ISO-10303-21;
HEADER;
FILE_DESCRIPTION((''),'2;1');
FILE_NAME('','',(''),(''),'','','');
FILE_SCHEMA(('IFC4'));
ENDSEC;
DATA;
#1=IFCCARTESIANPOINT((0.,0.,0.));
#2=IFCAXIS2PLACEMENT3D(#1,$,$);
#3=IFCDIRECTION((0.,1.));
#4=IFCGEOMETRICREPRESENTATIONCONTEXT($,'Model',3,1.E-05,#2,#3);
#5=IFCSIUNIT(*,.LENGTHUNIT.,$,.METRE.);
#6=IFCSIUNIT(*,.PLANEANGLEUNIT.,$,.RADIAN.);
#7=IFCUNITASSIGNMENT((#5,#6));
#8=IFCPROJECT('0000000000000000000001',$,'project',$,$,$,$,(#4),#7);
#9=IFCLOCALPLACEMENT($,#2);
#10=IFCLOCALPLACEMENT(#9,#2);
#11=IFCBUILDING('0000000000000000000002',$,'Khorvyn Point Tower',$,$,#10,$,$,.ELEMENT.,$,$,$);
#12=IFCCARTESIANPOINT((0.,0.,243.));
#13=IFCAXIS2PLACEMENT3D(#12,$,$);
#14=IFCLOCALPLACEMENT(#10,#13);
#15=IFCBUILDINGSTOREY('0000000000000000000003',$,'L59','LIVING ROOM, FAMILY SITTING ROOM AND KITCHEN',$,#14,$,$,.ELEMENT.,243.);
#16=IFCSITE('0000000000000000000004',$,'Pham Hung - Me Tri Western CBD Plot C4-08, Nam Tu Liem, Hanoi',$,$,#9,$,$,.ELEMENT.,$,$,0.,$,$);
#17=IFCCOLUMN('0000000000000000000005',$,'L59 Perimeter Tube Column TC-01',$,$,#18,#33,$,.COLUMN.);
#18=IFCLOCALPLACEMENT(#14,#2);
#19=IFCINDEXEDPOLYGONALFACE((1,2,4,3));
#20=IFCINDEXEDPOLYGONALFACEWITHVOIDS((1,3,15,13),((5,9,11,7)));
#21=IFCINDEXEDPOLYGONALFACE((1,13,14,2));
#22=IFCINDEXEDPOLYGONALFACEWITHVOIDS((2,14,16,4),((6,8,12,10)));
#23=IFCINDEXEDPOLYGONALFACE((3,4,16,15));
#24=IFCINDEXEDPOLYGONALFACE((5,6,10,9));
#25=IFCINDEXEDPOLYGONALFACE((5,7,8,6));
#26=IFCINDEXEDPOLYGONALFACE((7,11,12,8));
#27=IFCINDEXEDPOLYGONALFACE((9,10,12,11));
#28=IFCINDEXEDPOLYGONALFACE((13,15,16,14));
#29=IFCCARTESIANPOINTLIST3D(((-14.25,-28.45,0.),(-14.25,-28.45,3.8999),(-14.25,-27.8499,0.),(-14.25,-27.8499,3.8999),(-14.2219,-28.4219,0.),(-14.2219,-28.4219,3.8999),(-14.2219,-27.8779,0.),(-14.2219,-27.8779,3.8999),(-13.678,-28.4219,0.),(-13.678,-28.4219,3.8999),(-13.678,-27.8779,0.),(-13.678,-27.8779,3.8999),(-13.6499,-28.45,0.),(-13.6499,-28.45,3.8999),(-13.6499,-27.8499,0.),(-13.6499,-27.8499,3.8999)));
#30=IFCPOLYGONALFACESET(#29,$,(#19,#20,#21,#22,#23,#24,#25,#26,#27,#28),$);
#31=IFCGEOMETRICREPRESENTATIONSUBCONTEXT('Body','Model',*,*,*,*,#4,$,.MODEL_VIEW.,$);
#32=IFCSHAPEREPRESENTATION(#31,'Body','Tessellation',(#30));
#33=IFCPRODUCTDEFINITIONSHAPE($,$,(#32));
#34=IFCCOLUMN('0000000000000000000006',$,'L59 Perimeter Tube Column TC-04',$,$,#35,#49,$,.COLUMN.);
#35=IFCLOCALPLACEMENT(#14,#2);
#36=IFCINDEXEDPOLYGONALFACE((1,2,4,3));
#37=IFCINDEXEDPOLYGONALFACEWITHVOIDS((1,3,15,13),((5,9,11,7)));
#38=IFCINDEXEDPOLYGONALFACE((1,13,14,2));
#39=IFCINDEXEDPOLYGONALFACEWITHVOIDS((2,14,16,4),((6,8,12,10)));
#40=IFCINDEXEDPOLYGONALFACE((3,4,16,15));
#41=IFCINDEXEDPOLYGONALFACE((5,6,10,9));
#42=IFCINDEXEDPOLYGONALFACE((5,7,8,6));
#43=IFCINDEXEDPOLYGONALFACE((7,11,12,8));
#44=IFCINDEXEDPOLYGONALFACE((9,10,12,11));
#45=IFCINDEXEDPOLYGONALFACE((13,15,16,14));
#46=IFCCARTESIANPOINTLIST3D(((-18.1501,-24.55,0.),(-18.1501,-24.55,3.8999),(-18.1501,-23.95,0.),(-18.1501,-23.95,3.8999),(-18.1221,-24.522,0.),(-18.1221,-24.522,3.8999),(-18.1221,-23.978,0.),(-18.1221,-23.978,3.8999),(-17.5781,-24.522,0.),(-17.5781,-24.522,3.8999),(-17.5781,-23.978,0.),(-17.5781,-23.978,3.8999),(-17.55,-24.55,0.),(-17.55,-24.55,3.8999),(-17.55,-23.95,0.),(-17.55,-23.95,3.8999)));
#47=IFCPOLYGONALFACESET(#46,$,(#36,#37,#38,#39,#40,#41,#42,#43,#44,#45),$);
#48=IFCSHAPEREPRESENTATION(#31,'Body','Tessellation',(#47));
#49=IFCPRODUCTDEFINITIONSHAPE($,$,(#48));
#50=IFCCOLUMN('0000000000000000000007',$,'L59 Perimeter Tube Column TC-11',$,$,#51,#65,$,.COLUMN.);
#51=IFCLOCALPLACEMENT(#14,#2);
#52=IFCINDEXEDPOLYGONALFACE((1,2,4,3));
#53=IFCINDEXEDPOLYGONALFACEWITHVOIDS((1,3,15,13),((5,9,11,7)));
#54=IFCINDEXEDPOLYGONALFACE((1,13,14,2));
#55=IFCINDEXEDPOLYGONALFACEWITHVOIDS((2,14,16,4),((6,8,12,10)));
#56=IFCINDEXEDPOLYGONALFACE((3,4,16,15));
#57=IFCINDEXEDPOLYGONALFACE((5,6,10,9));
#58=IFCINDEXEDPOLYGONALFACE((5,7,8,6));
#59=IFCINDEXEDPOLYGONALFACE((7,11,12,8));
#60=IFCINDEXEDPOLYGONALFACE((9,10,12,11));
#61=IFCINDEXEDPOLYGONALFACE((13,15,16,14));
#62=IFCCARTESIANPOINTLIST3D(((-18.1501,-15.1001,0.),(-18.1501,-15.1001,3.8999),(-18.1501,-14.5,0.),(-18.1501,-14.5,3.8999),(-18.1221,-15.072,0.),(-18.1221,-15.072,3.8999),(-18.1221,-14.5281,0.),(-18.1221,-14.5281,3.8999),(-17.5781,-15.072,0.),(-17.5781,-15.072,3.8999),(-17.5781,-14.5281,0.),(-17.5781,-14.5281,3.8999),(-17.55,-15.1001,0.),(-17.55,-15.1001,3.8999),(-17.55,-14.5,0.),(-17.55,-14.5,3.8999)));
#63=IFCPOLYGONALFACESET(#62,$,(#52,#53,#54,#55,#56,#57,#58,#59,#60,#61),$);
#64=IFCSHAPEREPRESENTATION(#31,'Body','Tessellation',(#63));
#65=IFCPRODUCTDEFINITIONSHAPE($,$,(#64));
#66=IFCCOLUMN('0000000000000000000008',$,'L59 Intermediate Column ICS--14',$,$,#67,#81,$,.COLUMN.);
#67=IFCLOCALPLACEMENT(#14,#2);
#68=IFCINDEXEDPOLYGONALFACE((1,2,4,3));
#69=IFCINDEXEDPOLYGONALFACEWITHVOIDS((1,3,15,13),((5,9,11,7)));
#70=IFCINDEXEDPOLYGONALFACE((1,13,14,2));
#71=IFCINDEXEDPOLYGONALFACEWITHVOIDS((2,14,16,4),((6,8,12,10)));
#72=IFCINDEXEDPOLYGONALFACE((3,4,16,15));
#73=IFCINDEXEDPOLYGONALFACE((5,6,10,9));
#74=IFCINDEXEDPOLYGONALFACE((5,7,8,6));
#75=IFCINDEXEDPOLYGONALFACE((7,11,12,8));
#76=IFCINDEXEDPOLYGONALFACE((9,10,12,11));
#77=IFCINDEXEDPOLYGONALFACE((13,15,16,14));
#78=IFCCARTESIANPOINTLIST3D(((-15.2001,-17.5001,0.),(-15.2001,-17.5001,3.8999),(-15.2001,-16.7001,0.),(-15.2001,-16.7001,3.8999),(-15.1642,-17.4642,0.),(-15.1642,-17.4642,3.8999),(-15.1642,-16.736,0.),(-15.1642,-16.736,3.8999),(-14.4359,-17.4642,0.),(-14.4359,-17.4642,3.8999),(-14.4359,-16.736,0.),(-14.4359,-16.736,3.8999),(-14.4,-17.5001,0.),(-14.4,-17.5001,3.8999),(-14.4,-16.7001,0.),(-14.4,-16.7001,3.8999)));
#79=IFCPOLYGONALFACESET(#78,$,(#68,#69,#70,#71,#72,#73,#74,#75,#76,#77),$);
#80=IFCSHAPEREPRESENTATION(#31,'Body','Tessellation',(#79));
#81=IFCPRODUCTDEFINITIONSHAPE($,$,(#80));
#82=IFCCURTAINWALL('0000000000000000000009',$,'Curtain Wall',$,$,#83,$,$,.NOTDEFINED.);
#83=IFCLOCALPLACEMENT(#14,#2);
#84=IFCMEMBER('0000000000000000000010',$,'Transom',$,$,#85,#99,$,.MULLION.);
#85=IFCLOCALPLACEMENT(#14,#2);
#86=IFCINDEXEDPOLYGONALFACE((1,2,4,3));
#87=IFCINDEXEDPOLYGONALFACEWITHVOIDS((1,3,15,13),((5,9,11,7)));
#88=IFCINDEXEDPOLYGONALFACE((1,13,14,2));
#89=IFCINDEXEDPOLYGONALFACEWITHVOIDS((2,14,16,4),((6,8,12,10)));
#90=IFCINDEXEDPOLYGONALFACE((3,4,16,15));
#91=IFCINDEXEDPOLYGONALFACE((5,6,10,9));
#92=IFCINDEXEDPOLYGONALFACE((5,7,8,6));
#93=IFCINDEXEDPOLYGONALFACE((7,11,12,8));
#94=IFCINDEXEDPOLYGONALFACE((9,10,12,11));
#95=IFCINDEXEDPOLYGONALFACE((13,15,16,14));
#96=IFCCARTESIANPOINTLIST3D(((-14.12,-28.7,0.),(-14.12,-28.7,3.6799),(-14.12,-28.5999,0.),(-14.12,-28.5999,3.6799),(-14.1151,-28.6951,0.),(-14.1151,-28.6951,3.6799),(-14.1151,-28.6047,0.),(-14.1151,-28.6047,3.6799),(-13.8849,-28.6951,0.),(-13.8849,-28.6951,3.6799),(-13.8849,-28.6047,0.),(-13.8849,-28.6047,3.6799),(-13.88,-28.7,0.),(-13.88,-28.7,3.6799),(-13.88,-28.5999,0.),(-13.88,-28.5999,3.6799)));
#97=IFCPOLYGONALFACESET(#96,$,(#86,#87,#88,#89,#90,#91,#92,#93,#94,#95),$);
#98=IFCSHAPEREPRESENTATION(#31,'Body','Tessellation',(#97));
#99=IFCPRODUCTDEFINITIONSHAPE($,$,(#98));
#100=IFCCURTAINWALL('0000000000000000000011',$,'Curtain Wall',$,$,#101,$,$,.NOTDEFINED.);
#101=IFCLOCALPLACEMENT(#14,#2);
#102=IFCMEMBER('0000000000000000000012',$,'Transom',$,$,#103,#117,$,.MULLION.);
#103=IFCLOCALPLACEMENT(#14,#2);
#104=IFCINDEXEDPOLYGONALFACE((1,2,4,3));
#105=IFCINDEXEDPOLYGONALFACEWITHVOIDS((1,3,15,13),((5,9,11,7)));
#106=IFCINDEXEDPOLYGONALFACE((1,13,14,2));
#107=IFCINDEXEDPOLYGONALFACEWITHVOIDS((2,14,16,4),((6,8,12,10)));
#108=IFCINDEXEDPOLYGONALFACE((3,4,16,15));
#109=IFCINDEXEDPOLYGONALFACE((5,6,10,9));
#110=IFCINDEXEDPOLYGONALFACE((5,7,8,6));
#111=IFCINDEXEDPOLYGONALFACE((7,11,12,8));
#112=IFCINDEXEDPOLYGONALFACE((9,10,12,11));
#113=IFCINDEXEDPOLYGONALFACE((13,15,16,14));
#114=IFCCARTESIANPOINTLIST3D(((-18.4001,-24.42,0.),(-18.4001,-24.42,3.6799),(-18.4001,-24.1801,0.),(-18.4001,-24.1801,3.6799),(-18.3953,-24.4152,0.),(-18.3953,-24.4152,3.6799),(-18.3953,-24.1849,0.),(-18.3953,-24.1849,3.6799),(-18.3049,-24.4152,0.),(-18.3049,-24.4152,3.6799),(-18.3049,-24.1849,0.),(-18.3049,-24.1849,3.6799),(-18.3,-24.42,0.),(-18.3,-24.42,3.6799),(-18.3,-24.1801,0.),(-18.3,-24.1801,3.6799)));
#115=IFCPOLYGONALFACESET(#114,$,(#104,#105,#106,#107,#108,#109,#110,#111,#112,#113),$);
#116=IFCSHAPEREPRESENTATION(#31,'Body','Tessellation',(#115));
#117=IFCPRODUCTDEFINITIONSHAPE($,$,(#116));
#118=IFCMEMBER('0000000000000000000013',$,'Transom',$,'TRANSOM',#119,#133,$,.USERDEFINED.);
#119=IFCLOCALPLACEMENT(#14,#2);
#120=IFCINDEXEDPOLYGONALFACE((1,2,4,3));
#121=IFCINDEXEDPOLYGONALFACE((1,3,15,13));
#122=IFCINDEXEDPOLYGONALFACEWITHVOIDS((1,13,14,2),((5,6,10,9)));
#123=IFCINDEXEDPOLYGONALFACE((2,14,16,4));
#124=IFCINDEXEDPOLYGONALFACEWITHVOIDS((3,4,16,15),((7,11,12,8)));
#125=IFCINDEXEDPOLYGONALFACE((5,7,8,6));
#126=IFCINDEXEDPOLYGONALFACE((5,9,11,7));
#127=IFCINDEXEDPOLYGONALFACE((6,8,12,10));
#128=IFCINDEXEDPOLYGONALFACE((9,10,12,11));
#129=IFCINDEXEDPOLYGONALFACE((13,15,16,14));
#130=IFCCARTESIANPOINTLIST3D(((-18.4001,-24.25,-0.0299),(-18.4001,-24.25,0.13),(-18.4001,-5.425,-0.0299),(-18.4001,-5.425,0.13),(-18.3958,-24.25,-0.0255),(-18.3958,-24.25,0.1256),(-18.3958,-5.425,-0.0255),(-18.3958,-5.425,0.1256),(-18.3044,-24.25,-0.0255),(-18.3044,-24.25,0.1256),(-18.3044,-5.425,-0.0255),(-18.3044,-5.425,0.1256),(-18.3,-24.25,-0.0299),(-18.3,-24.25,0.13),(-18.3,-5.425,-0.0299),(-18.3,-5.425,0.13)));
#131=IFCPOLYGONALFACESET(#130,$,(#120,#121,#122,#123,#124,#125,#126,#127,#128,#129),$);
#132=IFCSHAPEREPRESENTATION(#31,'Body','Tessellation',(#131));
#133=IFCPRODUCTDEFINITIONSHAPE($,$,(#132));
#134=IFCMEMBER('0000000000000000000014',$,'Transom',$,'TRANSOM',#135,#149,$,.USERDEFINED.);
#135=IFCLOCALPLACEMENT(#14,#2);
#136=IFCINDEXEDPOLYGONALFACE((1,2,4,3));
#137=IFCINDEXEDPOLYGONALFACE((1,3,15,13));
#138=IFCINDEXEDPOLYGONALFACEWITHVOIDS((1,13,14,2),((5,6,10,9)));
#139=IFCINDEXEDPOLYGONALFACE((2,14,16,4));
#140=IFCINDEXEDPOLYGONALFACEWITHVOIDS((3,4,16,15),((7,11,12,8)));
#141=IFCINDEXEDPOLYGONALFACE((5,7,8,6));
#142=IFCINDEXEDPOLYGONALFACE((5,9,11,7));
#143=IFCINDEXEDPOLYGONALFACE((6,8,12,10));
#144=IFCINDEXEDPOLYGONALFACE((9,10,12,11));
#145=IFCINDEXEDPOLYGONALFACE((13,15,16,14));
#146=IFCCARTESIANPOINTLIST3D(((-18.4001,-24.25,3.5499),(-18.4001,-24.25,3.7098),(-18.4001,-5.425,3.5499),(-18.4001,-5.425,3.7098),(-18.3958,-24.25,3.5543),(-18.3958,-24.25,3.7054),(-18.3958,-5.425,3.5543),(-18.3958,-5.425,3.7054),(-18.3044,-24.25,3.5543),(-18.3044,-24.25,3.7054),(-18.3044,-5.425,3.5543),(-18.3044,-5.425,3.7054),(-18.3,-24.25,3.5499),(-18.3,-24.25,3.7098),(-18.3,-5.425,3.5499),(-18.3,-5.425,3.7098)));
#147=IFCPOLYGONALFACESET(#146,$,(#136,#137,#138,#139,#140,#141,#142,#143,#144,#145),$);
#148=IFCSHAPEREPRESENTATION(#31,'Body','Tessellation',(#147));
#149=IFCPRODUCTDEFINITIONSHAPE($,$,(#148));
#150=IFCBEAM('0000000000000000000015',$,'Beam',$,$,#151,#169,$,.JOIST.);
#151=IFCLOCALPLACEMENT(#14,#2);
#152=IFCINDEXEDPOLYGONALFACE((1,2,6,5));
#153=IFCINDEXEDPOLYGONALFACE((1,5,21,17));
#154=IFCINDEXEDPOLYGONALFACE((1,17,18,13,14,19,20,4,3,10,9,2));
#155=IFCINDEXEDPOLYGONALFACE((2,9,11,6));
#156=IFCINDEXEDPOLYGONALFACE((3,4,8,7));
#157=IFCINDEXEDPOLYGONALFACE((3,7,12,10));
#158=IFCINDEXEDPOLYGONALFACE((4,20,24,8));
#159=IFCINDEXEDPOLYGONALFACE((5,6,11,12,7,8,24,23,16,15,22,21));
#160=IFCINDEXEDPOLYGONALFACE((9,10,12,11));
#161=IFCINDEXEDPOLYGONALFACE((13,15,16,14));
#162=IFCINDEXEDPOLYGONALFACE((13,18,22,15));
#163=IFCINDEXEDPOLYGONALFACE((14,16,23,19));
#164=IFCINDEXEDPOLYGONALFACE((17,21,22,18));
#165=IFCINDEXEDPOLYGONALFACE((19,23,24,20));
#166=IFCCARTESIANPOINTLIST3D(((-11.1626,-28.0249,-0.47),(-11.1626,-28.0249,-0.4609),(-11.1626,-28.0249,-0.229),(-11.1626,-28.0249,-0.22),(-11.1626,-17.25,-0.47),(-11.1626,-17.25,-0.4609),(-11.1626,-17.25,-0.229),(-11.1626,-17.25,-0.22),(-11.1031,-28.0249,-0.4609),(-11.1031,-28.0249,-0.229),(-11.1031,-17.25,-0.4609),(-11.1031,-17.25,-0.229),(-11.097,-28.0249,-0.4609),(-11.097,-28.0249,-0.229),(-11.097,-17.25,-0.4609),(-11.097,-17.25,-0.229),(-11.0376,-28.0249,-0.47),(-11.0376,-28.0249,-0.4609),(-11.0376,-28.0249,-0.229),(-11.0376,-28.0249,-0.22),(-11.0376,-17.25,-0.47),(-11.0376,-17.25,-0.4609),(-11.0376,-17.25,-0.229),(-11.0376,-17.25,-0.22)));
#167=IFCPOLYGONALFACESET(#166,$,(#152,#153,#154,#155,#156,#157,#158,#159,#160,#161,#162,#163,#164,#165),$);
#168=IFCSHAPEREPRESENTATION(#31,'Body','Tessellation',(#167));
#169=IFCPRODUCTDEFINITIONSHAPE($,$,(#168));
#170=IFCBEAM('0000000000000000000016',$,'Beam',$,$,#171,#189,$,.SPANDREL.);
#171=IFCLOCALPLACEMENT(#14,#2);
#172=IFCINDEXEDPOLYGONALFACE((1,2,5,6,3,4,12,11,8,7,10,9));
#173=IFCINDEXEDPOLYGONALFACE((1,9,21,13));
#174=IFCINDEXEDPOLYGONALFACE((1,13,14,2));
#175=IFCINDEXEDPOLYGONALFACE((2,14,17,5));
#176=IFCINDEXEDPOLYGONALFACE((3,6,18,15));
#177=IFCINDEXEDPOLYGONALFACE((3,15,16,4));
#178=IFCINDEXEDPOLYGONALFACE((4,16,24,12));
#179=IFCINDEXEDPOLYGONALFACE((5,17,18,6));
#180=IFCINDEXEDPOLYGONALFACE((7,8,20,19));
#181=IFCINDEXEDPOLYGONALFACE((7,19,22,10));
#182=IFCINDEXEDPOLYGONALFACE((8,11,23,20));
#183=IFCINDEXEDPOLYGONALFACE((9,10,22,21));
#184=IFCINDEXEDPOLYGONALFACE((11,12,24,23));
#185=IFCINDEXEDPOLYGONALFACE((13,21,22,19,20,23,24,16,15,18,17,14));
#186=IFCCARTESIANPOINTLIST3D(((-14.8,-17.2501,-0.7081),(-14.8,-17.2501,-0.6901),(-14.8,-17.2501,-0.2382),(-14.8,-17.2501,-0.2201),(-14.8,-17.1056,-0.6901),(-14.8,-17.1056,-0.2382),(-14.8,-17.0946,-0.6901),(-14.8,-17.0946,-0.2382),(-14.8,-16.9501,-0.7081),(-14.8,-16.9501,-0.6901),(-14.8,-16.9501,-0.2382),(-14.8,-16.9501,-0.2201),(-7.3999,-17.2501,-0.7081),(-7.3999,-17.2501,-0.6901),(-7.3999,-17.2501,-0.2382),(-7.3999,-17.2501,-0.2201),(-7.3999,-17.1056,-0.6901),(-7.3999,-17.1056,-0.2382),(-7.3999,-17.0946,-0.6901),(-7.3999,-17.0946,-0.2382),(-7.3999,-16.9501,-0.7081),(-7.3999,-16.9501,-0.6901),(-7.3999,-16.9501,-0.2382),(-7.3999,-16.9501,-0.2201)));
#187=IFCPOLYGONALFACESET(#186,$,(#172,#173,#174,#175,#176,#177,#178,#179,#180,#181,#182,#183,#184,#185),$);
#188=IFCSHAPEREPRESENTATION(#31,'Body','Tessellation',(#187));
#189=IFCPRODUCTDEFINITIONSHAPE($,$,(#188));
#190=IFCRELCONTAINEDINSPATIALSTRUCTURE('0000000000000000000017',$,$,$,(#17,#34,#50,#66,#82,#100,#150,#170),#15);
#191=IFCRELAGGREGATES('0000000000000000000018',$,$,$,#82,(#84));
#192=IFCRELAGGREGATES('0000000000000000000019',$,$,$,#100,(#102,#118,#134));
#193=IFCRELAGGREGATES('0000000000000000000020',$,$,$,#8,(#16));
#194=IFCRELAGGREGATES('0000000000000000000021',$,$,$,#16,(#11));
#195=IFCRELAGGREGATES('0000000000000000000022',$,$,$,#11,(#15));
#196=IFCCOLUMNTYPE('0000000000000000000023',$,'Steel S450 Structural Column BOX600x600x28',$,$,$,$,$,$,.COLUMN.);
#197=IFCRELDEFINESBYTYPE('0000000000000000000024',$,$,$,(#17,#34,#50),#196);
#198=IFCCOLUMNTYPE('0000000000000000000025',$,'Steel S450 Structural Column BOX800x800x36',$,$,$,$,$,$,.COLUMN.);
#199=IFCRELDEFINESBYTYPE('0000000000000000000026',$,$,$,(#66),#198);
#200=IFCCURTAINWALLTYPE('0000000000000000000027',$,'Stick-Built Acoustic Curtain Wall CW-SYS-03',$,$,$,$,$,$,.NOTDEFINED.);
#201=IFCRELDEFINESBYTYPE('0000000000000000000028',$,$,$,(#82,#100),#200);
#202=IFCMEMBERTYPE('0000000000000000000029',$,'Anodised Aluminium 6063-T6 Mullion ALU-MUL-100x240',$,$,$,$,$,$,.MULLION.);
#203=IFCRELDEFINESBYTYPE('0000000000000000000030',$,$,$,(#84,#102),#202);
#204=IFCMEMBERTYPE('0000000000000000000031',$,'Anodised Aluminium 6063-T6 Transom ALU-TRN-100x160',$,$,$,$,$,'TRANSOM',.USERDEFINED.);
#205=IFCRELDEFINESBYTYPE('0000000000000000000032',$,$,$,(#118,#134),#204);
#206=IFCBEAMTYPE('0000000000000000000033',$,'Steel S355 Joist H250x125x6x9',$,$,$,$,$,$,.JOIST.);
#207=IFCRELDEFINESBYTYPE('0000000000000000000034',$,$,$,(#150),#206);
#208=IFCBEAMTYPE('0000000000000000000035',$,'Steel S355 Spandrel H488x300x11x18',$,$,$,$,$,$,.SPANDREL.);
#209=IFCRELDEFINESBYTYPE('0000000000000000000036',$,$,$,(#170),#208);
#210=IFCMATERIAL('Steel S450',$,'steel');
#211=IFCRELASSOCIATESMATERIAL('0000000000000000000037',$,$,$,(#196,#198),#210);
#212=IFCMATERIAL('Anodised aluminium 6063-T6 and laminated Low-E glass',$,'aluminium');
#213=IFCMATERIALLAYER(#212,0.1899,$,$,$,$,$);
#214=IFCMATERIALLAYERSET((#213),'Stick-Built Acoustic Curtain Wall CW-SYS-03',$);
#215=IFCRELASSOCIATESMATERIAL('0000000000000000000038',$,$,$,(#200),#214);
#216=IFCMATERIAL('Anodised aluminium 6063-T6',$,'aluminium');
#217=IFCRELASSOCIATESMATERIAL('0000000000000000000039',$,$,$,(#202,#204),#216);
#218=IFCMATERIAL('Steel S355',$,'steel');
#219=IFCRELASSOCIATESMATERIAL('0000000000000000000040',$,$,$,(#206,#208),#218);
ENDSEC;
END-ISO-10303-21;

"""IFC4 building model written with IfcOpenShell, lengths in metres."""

from ifc_helpers import new_model, si_unit, direction, frame, origin, origin_2d, place, context, subcontext, project, spatial, hollow_rectangle, i_section, extrude, material, layer, layer_set, material_profile, profile_set, type_object, element, aggregate, save


model = new_model("IFC4")

# Units and contexts
model_context = context("Model", 3, precision=1e-05, world=origin(), true_north=direction((0.0, 1.0)))
body_context = subcontext(model_context, "Body", "Model", "MODEL_VIEW")
ifc_project = project(units=[si_unit("LENGTHUNIT", "METRE"), si_unit("PLANEANGLEUNIT", "RADIAN")], contexts=[model_context])

# Site, building, storey
site_placement = place(None, origin())
site = spatial("IfcSite", under=ifc_project, at=site_placement, Name="Pham Hung - Me Tri Western CBD Plot C4-08, Nam Tu Liem, Hanoi", CompositionType="ELEMENT", RefElevation=0.0)
building_placement = place(site_placement, origin())
building = spatial("IfcBuilding", under=site, at=building_placement, Name="Khorvyn Point Tower", CompositionType="ELEMENT")
storey_placement = place(building_placement, frame((0.0, 0.0, 243.0)))
storey = spatial("IfcBuildingStorey", under=building, at=storey_placement, Name="L59", Description="LIVING ROOM, FAMILY SITTING ROOM AND KITCHEN", CompositionType="ELEMENT", Elevation=243.0)

# Columns
ifc_material_1 = material(Name="Steel S450", Category="steel")
ifc_material_profile_1 = material_profile(ifc_material_1, hollow_rectangle(XDim=0.6001, YDim=0.6001, WallThickness=0.0281, at=origin_2d()))
ifc_profile_set_1 = profile_set([ifc_material_profile_1], Name="Steel S450 BOX600x600x28")
column_type_1 = type_object("IfcColumnType", Name="Steel S450 Structural Column BOX600x600x28", PredefinedType="COLUMN", material=ifc_profile_set_1)
for number, where, z_axis, x_axis, name in (
    (1, (-13.95, -28.1499, 0.0), (0.0, 0.0, 1.0), (1.0, 0.0, 0.0), "L59 Perimeter Tube Column TC-01"),
    (2, (-17.8501, -24.25, 0.0), (0.0, 0.0, 1.0), (1.0, 0.0, 0.0), "L59 Perimeter Tube Column TC-04"),
    (3, (-17.8501, -14.8, 0.0), (0.0, 0.0, 1.0), (1.0, 0.0, 0.0), "L59 Perimeter Tube Column TC-11"),
):
    element("IfcColumn", number, at=place(storey_placement, frame(where, z_axis=z_axis, x_axis=x_axis)), inside=storey, type_object=column_type_1, Name=name, PredefinedType="COLUMN", context=body_context, shape_type="SweptSolid", body=[
        extrude(hollow_rectangle(XDim=0.6001, YDim=0.6001, WallThickness=0.0281, at=origin_2d()), origin(), (0.0, 0.0, 1.0), 3.8999),
    ])
ifc_material_profile_2 = material_profile(ifc_material_1, hollow_rectangle(XDim=0.8, YDim=0.8, WallThickness=0.0359, at=origin_2d()))
ifc_profile_set_2 = profile_set([ifc_material_profile_2], Name="Steel S450 BOX800x800x36")
column_type_2 = type_object("IfcColumnType", Name="Steel S450 Structural Column BOX800x800x36", PredefinedType="COLUMN", material=ifc_profile_set_2)
column_placement = place(storey_placement, frame((-14.8, -17.1001, 0.0), z_axis=(0.0, 0.0, 1.0), x_axis=(1.0, 0.0, 0.0)))
element("IfcColumn", 4, at=column_placement, inside=storey, type_object=column_type_2, Name="L59 Intermediate Column ICS--14", PredefinedType="COLUMN", context=body_context, shape_type="SweptSolid", body=[
    extrude(hollow_rectangle(XDim=0.8, YDim=0.8, WallThickness=0.0359, at=origin_2d()), origin(), (0.0, 0.0, 1.0), 3.8999),
])

# Curtain wall, member
ifc_material_2 = material(Name="Anodised aluminium 6063-T6 and laminated Low-E glass", Category="aluminium")
ifc_layer_1 = layer(ifc_material_2, 0.1899)
ifc_layer_set_1 = layer_set([ifc_layer_1], Name="Stick-Built Acoustic Curtain Wall CW-SYS-03")
curtain_wall_type = type_object("IfcCurtainWallType", Name="Stick-Built Acoustic Curtain Wall CW-SYS-03", PredefinedType="NOTDEFINED", material=ifc_layer_set_1)
curtain_wall_1_placement = place(storey_placement, origin())
curtain_wall_1 = element("IfcCurtainWall", 5, at=curtain_wall_1_placement, inside=storey, type_object=curtain_wall_type, Name="Curtain Wall", PredefinedType="NOTDEFINED")
ifc_material_3 = material(Name="Anodised aluminium 6063-T6", Category="aluminium")
ifc_material_profile_3 = material_profile(ifc_material_3, hollow_rectangle(XDim=0.1001, YDim=0.24, WallThickness=0.0049, at=origin_2d()))
ifc_profile_set_3 = profile_set([ifc_material_profile_3], Name="Anodised aluminium 6063-T6 ALU-MUL-100x240")
member_type_1 = type_object("IfcMemberType", Name="Anodised Aluminium 6063-T6 Mullion ALU-MUL-100x240", PredefinedType="MULLION", material=ifc_profile_set_3)
member_1_placement = place(storey_placement, frame((-14.0, -28.6499, 0.0), z_axis=(0.0, 0.0, 1.0), x_axis=(0.0, -1.0, 0.0)))
member_1 = element("IfcMember", 6, at=member_1_placement, type_object=member_type_1, Name="Transom", PredefinedType="MULLION", context=body_context, shape_type="SweptSolid", body=[
    extrude(hollow_rectangle(XDim=0.1001, YDim=0.24, WallThickness=0.0049, at=origin_2d()), origin(), (0.0, 0.0, 1.0), 3.6799),
])

# Curtain wall, members
curtain_wall_2_placement = place(storey_placement, origin())
curtain_wall_2 = element("IfcCurtainWall", 7, at=curtain_wall_2_placement, inside=storey, type_object=curtain_wall_type, Name="Curtain Wall", PredefinedType="NOTDEFINED")
member_2_placement = place(storey_placement, frame((-18.3501, -24.3, 0.0), z_axis=(0.0, 0.0, 1.0), x_axis=(-1.0, 0.0, 0.0)))
member_2 = element("IfcMember", 8, at=member_2_placement, type_object=member_type_1, Name="Transom", PredefinedType="MULLION", context=body_context, shape_type="SweptSolid", body=[
    extrude(hollow_rectangle(XDim=0.1001, YDim=0.24, WallThickness=0.0049, at=origin_2d()), origin(), (0.0, 0.0, 1.0), 3.6799),
])
ifc_material_profile_4 = material_profile(ifc_material_3, hollow_rectangle(XDim=0.1001, YDim=0.1599, WallThickness=0.0044, at=origin_2d()))
ifc_profile_set_4 = profile_set([ifc_material_profile_4], Name="Anodised aluminium 6063-T6 ALU-TRN-100x160")
member_type_2 = type_object("IfcMemberType", Name="Anodised Aluminium 6063-T6 Transom ALU-TRN-100x160", ElementType="TRANSOM", PredefinedType="USERDEFINED", material=ifc_profile_set_4)
member_3_placement = place(storey_placement, frame((-18.3501, -24.25, 0.05), z_axis=(0.0, 1.0, 0.0), x_axis=(-1.0, 0.0, 0.0)))
member_3 = element("IfcMember", 9, at=member_3_placement, type_object=member_type_2, Name="Transom", ObjectType="TRANSOM", PredefinedType="USERDEFINED", context=body_context, shape_type="SweptSolid", body=[
    extrude(hollow_rectangle(XDim=0.1001, YDim=0.1599, WallThickness=0.0044, at=origin_2d()), origin(), (0.0, 0.0, 1.0), 18.825),
])
member_4_placement = place(storey_placement, frame((-18.3501, -24.25, 3.6299), z_axis=(0.0, 1.0, 0.0), x_axis=(-1.0, 0.0, 0.0)))
member_4 = element("IfcMember", 10, at=member_4_placement, type_object=member_type_2, Name="Transom", ObjectType="TRANSOM", PredefinedType="USERDEFINED", context=body_context, shape_type="SweptSolid", body=[
    extrude(hollow_rectangle(XDim=0.1001, YDim=0.1599, WallThickness=0.0044, at=origin_2d()), origin(), (0.0, 0.0, 1.0), 18.825),
])

# Beams
ifc_material_4 = material(Name="Steel S355", Category="steel")
ifc_material_profile_5 = material_profile(ifc_material_4, i_section(OverallWidth=0.125, OverallDepth=0.25, WebThickness=0.0061, FlangeThickness=0.009, at=origin_2d()))
ifc_profile_set_5 = profile_set([ifc_material_profile_5], Name="Steel S355 H250x125x6x9")
beam_type_1 = type_object("IfcBeamType", Name="Steel S355 Joist H250x125x6x9", PredefinedType="JOIST", material=ifc_profile_set_5)
beam_1_placement = place(storey_placement, frame((-11.1001, -28.0249, -0.345), z_axis=(0.0, 1.0, 0.0), x_axis=(-1.0, 0.0, 0.0)))
element("IfcBeam", 11, at=beam_1_placement, inside=storey, type_object=beam_type_1, Name="Beam", PredefinedType="JOIST", context=body_context, shape_type="SweptSolid", body=[
    extrude(i_section(OverallWidth=0.125, OverallDepth=0.25, WebThickness=0.0061, FlangeThickness=0.009, at=origin_2d()), origin(), (0.0, 0.0, 1.0), 10.7749),
])
ifc_material_profile_6 = material_profile(ifc_material_4, i_section(OverallWidth=0.3, OverallDepth=0.488, WebThickness=0.011, FlangeThickness=0.0181, at=origin_2d()))
ifc_profile_set_6 = profile_set([ifc_material_profile_6], Name="Steel S355 H488x300x11x18")
beam_type_2 = type_object("IfcBeamType", Name="Steel S355 Spandrel H488x300x11x18", PredefinedType="SPANDREL", material=ifc_profile_set_6)
beam_2_placement = place(storey_placement, frame((-14.8, -17.1001, -0.4641), z_axis=(1.0, 0.0, 0.0), x_axis=(0.0, 1.0, 0.0)))
element("IfcBeam", 12, at=beam_2_placement, inside=storey, type_object=beam_type_2, Name="Beam", PredefinedType="SPANDREL", context=body_context, shape_type="SweptSolid", body=[
    extrude(i_section(OverallWidth=0.3, OverallDepth=0.488, WebThickness=0.011, FlangeThickness=0.0181, at=origin_2d()), origin(), (0.0, 0.0, 1.0), 7.4001),
])

aggregate(curtain_wall_1, [member_1])
aggregate(curtain_wall_2, [member_2, member_3, member_4])

save(model, "model.ifc")
